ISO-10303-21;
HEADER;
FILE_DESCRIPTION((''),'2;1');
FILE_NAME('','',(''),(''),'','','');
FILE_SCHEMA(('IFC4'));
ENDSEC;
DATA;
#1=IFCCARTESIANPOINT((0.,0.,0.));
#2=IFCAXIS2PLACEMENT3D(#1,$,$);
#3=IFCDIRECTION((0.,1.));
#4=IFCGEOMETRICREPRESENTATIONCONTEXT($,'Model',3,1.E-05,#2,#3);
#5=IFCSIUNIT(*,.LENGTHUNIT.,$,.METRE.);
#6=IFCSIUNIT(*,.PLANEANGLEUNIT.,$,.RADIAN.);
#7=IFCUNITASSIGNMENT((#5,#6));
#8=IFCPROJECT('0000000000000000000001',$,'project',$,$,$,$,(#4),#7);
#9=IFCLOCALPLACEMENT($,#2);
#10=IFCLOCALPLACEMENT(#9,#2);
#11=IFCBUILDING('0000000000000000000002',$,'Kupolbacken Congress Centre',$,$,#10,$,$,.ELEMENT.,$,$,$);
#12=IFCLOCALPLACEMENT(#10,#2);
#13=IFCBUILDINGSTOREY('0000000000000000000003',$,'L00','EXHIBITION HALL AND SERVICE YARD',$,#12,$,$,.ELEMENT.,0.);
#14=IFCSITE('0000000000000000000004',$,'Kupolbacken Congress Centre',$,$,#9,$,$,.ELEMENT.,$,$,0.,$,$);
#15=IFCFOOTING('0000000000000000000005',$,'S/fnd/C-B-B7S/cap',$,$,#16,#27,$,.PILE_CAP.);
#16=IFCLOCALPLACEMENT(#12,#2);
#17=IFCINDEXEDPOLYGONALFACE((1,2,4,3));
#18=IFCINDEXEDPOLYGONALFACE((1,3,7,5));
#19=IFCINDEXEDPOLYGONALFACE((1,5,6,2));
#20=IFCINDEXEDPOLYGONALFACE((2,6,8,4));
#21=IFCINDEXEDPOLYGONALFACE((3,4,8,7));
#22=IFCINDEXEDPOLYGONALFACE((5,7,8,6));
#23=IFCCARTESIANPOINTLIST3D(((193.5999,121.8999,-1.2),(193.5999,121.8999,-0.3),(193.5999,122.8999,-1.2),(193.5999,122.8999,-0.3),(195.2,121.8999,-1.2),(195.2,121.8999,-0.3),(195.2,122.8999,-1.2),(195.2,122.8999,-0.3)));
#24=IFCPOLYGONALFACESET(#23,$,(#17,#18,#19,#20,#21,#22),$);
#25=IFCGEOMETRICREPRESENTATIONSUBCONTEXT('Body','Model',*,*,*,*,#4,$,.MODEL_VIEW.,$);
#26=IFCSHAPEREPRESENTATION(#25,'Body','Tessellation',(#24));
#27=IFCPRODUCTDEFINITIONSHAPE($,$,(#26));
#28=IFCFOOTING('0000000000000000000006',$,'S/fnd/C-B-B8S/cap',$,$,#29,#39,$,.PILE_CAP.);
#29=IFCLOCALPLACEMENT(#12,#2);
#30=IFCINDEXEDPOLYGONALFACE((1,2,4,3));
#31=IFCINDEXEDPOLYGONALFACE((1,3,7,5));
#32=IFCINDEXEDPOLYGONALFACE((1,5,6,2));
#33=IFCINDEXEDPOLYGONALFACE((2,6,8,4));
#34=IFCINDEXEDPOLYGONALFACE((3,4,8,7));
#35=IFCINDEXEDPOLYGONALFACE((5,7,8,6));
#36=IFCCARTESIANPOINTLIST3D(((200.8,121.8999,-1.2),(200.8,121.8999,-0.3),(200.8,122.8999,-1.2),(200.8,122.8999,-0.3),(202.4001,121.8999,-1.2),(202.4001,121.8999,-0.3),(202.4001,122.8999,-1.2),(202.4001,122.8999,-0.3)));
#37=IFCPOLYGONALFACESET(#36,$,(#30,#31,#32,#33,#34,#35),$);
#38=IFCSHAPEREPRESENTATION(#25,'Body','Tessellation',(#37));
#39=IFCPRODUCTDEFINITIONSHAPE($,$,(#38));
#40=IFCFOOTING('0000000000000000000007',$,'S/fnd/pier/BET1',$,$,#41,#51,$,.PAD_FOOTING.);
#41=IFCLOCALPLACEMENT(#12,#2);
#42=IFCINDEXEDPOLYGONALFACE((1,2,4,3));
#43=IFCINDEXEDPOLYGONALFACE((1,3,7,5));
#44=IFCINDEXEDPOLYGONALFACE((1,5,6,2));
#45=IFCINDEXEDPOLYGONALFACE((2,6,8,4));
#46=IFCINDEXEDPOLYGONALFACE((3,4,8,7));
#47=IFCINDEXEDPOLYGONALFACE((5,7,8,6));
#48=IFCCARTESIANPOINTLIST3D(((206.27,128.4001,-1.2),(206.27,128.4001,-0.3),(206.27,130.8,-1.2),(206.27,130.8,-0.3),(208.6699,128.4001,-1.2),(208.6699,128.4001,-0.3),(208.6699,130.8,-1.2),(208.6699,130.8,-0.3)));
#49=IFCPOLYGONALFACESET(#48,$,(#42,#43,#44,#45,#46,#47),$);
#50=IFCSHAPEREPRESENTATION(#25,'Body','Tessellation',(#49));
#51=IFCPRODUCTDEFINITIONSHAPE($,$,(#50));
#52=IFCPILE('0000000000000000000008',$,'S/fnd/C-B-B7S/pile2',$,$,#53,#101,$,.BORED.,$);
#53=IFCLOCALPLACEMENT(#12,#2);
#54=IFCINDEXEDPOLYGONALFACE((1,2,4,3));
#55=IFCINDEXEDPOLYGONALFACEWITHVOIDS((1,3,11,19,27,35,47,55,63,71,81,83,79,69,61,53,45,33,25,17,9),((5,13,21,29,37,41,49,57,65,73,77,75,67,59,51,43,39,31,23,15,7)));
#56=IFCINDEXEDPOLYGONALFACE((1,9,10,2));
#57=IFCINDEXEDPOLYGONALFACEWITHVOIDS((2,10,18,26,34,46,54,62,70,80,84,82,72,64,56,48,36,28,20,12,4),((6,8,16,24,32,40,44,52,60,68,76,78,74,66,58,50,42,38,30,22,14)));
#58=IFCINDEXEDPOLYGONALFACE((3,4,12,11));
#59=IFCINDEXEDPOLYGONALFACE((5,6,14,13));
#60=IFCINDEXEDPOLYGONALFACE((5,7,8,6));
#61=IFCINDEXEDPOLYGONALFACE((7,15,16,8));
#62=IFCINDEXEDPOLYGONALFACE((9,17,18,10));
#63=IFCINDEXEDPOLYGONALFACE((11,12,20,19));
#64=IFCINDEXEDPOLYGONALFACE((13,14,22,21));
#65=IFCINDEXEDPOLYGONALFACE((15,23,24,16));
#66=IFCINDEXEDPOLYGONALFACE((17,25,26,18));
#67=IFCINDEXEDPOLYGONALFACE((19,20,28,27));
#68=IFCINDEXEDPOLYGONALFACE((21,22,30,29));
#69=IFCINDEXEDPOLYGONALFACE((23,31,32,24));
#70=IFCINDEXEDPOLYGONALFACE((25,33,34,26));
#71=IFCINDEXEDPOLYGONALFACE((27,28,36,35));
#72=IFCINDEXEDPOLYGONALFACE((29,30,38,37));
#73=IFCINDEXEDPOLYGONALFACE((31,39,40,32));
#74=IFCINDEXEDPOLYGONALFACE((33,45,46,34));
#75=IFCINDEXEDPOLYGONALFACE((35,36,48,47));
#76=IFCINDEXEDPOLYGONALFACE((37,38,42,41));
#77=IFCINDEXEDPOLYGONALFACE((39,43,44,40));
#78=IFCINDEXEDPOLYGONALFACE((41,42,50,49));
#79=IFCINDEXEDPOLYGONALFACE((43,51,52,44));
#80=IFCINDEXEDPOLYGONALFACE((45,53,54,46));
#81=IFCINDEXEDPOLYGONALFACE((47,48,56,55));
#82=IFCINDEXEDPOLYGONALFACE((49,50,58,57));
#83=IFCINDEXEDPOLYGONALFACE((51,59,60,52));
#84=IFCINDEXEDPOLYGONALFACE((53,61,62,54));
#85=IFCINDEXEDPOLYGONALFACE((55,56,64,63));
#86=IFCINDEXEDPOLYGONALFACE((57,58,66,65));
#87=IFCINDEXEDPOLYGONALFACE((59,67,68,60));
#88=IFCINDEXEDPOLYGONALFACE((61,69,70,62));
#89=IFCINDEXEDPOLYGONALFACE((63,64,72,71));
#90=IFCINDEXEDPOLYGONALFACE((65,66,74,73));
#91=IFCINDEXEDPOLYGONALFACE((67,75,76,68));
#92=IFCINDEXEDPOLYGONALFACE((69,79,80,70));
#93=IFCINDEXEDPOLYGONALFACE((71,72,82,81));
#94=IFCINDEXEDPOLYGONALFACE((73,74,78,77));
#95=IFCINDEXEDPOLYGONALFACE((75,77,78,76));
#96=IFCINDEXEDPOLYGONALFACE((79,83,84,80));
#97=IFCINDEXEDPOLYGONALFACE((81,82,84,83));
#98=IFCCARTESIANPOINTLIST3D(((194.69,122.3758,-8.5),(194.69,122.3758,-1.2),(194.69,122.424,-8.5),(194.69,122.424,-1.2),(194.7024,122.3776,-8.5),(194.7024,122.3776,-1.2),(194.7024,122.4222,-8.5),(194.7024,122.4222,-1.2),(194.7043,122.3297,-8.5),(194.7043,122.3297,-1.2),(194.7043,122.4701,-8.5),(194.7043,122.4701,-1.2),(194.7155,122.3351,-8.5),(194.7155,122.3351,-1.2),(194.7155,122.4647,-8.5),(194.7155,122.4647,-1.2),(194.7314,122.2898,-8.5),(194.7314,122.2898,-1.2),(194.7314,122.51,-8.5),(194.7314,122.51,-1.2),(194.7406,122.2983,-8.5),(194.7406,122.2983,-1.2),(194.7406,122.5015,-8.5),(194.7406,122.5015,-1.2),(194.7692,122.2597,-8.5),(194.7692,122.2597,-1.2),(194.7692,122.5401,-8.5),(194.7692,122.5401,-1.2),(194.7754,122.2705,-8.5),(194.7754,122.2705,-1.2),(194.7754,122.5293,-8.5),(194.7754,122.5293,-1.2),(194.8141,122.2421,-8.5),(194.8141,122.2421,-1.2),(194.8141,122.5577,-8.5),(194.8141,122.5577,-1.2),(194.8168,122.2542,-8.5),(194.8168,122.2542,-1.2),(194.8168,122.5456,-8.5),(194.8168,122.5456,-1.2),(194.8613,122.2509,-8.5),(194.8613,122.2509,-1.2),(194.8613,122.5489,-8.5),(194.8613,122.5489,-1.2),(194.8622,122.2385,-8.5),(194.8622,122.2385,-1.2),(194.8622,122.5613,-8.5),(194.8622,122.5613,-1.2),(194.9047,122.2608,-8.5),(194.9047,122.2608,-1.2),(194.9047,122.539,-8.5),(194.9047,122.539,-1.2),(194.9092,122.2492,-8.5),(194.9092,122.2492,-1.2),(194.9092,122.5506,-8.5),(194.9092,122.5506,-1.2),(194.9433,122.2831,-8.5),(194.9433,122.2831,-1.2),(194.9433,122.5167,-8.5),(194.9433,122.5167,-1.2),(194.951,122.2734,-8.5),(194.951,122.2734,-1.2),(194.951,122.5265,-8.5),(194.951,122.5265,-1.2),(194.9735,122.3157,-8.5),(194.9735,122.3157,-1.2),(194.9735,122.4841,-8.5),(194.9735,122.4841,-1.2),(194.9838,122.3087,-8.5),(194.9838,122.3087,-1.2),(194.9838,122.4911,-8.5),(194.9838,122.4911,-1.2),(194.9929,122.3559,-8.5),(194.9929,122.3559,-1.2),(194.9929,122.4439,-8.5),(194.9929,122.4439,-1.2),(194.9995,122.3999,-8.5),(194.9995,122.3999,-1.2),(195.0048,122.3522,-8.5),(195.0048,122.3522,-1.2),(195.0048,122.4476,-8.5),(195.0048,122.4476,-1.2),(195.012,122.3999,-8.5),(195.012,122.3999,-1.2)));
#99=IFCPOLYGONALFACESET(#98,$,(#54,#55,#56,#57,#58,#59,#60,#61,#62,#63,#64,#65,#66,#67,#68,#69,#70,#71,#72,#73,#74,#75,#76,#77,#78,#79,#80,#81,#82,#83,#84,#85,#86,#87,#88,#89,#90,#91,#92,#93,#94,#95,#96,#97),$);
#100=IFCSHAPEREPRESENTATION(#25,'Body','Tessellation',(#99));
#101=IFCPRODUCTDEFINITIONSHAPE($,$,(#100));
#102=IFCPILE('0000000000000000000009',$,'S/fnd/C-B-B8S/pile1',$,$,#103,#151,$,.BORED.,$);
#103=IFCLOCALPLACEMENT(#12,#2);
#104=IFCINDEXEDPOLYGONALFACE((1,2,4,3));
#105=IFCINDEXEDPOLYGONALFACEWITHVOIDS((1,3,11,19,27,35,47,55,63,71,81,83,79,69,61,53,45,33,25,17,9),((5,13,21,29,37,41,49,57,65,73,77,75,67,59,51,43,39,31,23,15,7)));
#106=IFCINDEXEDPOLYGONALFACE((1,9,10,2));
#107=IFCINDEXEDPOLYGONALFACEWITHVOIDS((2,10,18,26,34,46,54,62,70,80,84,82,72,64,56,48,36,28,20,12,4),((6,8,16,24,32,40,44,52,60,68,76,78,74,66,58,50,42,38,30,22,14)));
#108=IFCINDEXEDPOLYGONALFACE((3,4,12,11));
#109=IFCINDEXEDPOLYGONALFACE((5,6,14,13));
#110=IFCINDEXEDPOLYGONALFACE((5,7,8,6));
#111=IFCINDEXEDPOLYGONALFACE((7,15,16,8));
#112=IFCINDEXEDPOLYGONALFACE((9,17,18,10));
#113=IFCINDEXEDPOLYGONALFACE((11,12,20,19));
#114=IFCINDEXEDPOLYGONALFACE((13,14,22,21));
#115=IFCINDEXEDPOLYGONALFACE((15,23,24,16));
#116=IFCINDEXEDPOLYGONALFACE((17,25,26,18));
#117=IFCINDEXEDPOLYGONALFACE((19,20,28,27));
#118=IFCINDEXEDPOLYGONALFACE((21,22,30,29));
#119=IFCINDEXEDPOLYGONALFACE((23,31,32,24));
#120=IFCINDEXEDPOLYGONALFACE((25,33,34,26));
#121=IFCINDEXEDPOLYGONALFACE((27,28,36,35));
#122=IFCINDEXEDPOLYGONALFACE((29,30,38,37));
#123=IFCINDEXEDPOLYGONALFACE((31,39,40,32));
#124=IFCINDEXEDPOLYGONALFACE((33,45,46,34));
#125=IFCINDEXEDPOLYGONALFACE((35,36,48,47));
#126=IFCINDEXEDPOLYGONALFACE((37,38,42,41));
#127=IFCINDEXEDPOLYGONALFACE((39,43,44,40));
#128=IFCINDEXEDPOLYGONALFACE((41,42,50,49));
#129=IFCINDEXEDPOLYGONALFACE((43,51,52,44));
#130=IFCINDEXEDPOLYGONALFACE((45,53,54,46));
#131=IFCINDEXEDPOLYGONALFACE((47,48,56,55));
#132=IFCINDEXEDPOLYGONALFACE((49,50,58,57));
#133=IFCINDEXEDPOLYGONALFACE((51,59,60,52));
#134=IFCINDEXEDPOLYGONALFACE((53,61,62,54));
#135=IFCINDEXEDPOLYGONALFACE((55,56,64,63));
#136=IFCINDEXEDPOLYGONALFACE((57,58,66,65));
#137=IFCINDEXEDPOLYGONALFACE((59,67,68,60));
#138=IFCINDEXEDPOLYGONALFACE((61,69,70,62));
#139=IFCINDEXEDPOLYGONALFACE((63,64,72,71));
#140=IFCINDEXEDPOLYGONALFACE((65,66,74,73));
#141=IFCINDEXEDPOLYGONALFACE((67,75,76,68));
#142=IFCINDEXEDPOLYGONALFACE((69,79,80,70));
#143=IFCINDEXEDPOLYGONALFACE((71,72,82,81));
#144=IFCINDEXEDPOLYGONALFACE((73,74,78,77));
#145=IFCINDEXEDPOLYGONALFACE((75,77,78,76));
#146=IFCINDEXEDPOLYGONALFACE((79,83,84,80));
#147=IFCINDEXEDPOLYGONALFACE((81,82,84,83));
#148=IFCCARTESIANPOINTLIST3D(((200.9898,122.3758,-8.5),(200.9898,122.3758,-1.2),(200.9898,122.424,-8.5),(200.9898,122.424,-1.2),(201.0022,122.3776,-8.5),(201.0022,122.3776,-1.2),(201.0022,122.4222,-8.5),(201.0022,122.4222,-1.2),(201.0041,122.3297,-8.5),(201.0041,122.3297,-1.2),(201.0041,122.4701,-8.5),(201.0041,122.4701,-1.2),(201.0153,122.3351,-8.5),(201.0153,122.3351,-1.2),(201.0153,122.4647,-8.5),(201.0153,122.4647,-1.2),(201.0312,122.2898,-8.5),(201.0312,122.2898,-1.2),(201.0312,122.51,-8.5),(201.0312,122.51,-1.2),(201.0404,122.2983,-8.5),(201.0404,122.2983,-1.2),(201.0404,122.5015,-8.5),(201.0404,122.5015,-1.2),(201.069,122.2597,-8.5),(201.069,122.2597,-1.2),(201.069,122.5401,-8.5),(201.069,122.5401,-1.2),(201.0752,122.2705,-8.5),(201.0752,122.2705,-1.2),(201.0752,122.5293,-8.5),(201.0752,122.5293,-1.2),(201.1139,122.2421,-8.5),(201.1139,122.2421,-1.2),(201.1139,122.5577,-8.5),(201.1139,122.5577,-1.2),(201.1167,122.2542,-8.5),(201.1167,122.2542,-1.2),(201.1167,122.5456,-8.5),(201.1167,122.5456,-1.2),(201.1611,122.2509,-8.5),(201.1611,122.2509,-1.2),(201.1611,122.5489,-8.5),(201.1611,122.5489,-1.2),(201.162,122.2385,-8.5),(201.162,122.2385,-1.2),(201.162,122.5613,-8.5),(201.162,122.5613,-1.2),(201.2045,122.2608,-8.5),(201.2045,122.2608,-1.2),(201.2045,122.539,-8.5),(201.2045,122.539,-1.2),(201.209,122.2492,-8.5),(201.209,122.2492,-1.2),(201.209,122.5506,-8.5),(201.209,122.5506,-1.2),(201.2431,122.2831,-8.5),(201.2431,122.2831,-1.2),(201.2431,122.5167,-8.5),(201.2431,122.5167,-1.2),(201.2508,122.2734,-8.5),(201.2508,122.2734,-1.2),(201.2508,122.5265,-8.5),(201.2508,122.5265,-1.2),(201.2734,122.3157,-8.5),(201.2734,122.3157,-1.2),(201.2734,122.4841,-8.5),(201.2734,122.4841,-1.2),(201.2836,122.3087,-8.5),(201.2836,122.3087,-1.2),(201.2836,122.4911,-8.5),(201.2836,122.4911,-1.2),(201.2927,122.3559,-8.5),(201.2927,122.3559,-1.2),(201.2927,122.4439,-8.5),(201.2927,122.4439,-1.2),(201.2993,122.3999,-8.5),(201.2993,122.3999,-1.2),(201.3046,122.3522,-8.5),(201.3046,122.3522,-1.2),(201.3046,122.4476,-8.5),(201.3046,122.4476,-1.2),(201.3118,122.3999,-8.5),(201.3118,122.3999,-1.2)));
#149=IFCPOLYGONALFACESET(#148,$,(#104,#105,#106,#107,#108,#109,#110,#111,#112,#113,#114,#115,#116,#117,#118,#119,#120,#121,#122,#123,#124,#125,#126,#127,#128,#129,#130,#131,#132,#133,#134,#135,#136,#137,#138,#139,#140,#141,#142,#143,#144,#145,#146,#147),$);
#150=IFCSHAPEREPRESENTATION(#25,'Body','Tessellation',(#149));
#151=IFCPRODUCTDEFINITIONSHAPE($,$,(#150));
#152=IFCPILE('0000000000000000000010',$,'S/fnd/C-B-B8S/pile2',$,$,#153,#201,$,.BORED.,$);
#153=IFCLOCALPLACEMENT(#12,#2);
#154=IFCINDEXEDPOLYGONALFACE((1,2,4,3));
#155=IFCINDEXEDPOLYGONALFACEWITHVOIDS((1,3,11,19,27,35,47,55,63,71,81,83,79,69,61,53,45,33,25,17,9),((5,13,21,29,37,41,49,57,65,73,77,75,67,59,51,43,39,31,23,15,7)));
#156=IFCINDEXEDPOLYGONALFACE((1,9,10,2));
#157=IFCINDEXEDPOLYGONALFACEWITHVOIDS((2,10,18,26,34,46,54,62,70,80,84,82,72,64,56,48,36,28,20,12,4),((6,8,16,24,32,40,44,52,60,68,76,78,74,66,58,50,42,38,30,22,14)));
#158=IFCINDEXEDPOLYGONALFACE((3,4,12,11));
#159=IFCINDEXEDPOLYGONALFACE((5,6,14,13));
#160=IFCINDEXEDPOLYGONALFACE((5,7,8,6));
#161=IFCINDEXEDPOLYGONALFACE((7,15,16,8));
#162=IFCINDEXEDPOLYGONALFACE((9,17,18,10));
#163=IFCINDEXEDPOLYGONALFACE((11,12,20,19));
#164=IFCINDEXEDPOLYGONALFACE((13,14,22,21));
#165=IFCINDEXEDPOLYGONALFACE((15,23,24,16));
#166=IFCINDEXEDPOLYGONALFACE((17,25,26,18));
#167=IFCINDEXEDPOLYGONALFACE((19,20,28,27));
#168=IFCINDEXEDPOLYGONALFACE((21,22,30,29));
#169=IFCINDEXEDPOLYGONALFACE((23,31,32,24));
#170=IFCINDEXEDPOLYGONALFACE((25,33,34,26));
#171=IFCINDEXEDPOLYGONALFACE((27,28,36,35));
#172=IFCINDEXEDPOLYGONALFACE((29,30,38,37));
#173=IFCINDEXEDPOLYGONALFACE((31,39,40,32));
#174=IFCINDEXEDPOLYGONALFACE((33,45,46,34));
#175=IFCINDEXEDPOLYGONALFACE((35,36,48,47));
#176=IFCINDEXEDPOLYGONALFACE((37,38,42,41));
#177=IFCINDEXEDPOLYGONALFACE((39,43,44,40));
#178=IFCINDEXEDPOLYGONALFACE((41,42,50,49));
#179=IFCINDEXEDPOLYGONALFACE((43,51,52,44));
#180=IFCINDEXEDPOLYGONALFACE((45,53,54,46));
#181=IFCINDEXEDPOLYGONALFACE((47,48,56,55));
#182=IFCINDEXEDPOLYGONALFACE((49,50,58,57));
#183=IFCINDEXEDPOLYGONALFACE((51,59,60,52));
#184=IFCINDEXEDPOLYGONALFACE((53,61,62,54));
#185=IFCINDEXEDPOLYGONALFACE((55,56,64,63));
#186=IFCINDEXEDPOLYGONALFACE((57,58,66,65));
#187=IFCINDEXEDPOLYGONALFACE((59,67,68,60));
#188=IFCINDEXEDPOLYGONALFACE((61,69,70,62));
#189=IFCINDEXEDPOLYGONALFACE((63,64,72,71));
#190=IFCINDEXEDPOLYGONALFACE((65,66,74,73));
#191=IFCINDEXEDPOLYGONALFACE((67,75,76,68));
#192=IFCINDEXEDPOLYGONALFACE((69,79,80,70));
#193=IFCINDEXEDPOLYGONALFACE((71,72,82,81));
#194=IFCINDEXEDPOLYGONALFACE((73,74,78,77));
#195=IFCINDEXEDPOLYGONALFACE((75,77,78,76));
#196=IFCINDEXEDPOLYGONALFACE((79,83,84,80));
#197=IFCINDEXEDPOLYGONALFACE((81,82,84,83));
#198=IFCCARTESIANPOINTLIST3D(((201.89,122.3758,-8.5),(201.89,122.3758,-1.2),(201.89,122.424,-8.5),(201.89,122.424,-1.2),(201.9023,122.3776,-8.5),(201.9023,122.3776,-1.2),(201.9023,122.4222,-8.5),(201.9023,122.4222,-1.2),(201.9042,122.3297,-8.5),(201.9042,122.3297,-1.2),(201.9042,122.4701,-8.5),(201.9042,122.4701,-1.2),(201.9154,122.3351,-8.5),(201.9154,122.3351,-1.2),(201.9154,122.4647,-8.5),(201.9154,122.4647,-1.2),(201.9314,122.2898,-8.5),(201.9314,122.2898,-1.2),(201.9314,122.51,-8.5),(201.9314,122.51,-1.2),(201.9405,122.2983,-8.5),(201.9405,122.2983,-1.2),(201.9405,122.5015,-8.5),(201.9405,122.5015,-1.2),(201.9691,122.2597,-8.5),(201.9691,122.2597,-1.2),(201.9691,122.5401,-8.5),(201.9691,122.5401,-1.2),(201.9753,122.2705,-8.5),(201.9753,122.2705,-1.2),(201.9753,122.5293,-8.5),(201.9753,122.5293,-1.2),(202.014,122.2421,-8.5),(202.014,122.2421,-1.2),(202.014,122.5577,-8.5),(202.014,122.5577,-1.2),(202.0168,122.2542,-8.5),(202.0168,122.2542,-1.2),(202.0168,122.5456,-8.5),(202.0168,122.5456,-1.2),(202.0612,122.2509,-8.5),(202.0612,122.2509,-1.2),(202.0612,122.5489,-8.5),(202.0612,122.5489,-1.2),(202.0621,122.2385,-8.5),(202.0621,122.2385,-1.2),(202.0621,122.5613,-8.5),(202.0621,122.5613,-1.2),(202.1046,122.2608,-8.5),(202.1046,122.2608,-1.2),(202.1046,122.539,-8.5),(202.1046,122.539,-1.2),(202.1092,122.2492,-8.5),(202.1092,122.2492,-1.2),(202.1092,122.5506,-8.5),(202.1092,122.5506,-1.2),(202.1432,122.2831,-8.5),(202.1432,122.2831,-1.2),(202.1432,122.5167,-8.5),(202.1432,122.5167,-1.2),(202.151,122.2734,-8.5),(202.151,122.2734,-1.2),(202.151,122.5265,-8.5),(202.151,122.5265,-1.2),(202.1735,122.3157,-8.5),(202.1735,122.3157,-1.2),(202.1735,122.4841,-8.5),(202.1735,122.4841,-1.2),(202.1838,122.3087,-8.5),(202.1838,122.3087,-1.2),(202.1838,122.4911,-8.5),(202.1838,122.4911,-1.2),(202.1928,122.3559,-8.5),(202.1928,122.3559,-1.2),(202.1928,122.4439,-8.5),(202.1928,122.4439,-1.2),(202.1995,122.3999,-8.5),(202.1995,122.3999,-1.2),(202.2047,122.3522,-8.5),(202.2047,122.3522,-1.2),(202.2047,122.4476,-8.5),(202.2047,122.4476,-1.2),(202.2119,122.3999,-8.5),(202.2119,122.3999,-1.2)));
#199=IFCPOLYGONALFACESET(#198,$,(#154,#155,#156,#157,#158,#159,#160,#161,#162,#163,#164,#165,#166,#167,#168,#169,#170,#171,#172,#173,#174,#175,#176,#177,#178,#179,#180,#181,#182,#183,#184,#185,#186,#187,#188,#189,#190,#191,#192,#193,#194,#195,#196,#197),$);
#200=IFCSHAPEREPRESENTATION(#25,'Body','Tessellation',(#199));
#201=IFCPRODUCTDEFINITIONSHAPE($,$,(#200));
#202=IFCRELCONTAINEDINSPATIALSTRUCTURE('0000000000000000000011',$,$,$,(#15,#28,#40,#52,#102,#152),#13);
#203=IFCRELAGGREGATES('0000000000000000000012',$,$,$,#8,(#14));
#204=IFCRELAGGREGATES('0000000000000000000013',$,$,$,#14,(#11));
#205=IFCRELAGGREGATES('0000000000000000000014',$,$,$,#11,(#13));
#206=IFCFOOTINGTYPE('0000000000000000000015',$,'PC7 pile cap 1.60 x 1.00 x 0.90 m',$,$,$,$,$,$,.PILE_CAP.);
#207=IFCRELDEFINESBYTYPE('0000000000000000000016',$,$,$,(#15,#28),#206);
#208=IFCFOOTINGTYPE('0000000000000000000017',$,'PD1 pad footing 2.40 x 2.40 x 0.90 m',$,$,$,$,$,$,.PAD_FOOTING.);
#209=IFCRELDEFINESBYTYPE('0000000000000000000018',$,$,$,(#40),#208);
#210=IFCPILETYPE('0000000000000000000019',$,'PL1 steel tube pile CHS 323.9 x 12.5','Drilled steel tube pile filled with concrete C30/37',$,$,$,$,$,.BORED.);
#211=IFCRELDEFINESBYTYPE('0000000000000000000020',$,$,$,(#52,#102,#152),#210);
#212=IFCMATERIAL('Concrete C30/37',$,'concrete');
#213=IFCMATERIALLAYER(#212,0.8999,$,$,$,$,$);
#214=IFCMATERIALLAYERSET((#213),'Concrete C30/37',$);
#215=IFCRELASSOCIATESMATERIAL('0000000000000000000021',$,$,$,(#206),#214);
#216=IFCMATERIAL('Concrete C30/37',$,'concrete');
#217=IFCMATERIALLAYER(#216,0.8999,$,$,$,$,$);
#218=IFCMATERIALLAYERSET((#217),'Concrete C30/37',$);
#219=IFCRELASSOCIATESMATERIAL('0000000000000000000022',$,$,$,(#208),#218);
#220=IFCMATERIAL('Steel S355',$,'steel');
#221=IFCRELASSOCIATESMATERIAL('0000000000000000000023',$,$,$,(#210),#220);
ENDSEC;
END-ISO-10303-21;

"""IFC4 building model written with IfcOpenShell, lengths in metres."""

from ifc_helpers import new_model, si_unit, direction, frame, origin, origin_2d, place, context, subcontext, project, spatial, rectangle, hollow_circle, extrude, material, layer, layer_set, material_profile, profile_set, type_object, element, save


model = new_model("IFC4")

# Units and contexts
model_context = context("Model", 3, precision=1e-05, world=origin(), true_north=direction((0.0, 1.0)))
body_context = subcontext(model_context, "Body", "Model", "MODEL_VIEW")
ifc_project = project(units=[si_unit("LENGTHUNIT", "METRE"), si_unit("PLANEANGLEUNIT", "RADIAN")], contexts=[model_context])

# Site, building, storey
site_placement = place(None, origin())
site = spatial("IfcSite", under=ifc_project, at=site_placement, Name="Kupolbacken Congress Centre", CompositionType="ELEMENT", RefElevation=0.0)
building_placement = place(site_placement, origin())
building = spatial("IfcBuilding", under=site, at=building_placement, Name="Kupolbacken Congress Centre", CompositionType="ELEMENT")
storey_placement = place(building_placement, origin())
storey = spatial("IfcBuildingStorey", under=building, at=storey_placement, Name="L00", Description="EXHIBITION HALL AND SERVICE YARD", CompositionType="ELEMENT", Elevation=0.0)

# Footings
ifc_material_1 = material(Name="Concrete C30/37", Category="concrete")
ifc_layer_1 = layer(ifc_material_1, 0.8999)
ifc_layer_set_1 = layer_set([ifc_layer_1], Name="Concrete C30/37")
footing_type_1 = type_object("IfcFootingType", Name="PC7 pile cap 1.60 x 1.00 x 0.90 m", PredefinedType="PILE_CAP", material=ifc_layer_set_1)
for number, where, z_axis, x_axis, name in (
    (1, (194.3999, 122.3999, -1.2), (0.0, 0.0, 1.0), (1.0, 0.0, 0.0), "S/fnd/C-B-B7S/cap"),
    (2, (201.6001, 122.3999, -1.2), (0.0, 0.0, 1.0), (1.0, 0.0, 0.0), "S/fnd/C-B-B8S/cap"),
):
    element("IfcFooting", number, at=place(storey_placement, frame(where, z_axis=z_axis, x_axis=x_axis)), inside=storey, type_object=footing_type_1, Name=name, PredefinedType="PILE_CAP", context=body_context, shape_type="SweptSolid", body=[
        extrude(rectangle(XDim=1.6001, YDim=1.0, at=origin_2d()), origin(), (0.0, 0.0, 1.0), 0.8999),
    ])
ifc_material_2 = material(Name="Concrete C30/37", Category="concrete")
ifc_layer_2 = layer(ifc_material_2, 0.8999)
ifc_layer_set_2 = layer_set([ifc_layer_2], Name="Concrete C30/37")
footing_type_2 = type_object("IfcFootingType", Name="PD1 pad footing 2.40 x 2.40 x 0.90 m", PredefinedType="PAD_FOOTING", material=ifc_layer_set_2)
footing_1_placement = place(storey_placement, frame((207.47, 129.6001, -1.2), z_axis=(0.0, 0.0, 1.0), x_axis=(1.0, 0.0, 0.0)))
element("IfcFooting", 3, at=footing_1_placement, inside=storey, type_object=footing_type_2, Name="S/fnd/pier/BET1", PredefinedType="PAD_FOOTING", context=body_context, shape_type="SweptSolid", body=[
    extrude(rectangle(XDim=2.3999, YDim=2.3999, at=origin_2d()), origin(), (0.0, 0.0, 1.0), 0.8999),
])

# Piles
ifc_material_3 = material(Name="Steel S355", Category="steel")
ifc_material_profile_1 = material_profile(ifc_material_3, hollow_circle(Radius=0.1619, WallThickness=0.0125, at=origin_2d()), Name="CHS 323.9 x 12.5")
ifc_profile_set_1 = profile_set([ifc_material_profile_1], Name="Steel S355")
pile_type = type_object("IfcPileType", Name="PL1 steel tube pile CHS 323.9 x 12.5", Description="Drilled steel tube pile filled with concrete C30/37", PredefinedType="BORED", material=ifc_profile_set_1)
for number, where, z_axis, x_axis, name in (
    (4, (194.8501, 122.3999, -1.2), (0.0, 0.0, -1.0), (1.0, 0.0, 0.0), "S/fnd/C-B-B7S/pile2"),
    (5, (201.1499, 122.3999, -1.2), (0.0, 0.0, -1.0), (1.0, 0.0, 0.0), "S/fnd/C-B-B8S/pile1"),
    (6, (202.05, 122.3999, -1.2), (0.0, 0.0, -1.0), (1.0, 0.0, 0.0), "S/fnd/C-B-B8S/pile2"),
):
    element("IfcPile", number, at=place(storey_placement, frame(where, z_axis=z_axis, x_axis=x_axis)), inside=storey, type_object=pile_type, Name=name, PredefinedType="BORED", context=body_context, shape_type="SweptSolid", body=[
        extrude(hollow_circle(Radius=0.1619, WallThickness=0.0125, at=origin_2d()), origin(), (0.0, 0.0, 1.0), 7.3),
    ])

save(model, "model.ifc")
